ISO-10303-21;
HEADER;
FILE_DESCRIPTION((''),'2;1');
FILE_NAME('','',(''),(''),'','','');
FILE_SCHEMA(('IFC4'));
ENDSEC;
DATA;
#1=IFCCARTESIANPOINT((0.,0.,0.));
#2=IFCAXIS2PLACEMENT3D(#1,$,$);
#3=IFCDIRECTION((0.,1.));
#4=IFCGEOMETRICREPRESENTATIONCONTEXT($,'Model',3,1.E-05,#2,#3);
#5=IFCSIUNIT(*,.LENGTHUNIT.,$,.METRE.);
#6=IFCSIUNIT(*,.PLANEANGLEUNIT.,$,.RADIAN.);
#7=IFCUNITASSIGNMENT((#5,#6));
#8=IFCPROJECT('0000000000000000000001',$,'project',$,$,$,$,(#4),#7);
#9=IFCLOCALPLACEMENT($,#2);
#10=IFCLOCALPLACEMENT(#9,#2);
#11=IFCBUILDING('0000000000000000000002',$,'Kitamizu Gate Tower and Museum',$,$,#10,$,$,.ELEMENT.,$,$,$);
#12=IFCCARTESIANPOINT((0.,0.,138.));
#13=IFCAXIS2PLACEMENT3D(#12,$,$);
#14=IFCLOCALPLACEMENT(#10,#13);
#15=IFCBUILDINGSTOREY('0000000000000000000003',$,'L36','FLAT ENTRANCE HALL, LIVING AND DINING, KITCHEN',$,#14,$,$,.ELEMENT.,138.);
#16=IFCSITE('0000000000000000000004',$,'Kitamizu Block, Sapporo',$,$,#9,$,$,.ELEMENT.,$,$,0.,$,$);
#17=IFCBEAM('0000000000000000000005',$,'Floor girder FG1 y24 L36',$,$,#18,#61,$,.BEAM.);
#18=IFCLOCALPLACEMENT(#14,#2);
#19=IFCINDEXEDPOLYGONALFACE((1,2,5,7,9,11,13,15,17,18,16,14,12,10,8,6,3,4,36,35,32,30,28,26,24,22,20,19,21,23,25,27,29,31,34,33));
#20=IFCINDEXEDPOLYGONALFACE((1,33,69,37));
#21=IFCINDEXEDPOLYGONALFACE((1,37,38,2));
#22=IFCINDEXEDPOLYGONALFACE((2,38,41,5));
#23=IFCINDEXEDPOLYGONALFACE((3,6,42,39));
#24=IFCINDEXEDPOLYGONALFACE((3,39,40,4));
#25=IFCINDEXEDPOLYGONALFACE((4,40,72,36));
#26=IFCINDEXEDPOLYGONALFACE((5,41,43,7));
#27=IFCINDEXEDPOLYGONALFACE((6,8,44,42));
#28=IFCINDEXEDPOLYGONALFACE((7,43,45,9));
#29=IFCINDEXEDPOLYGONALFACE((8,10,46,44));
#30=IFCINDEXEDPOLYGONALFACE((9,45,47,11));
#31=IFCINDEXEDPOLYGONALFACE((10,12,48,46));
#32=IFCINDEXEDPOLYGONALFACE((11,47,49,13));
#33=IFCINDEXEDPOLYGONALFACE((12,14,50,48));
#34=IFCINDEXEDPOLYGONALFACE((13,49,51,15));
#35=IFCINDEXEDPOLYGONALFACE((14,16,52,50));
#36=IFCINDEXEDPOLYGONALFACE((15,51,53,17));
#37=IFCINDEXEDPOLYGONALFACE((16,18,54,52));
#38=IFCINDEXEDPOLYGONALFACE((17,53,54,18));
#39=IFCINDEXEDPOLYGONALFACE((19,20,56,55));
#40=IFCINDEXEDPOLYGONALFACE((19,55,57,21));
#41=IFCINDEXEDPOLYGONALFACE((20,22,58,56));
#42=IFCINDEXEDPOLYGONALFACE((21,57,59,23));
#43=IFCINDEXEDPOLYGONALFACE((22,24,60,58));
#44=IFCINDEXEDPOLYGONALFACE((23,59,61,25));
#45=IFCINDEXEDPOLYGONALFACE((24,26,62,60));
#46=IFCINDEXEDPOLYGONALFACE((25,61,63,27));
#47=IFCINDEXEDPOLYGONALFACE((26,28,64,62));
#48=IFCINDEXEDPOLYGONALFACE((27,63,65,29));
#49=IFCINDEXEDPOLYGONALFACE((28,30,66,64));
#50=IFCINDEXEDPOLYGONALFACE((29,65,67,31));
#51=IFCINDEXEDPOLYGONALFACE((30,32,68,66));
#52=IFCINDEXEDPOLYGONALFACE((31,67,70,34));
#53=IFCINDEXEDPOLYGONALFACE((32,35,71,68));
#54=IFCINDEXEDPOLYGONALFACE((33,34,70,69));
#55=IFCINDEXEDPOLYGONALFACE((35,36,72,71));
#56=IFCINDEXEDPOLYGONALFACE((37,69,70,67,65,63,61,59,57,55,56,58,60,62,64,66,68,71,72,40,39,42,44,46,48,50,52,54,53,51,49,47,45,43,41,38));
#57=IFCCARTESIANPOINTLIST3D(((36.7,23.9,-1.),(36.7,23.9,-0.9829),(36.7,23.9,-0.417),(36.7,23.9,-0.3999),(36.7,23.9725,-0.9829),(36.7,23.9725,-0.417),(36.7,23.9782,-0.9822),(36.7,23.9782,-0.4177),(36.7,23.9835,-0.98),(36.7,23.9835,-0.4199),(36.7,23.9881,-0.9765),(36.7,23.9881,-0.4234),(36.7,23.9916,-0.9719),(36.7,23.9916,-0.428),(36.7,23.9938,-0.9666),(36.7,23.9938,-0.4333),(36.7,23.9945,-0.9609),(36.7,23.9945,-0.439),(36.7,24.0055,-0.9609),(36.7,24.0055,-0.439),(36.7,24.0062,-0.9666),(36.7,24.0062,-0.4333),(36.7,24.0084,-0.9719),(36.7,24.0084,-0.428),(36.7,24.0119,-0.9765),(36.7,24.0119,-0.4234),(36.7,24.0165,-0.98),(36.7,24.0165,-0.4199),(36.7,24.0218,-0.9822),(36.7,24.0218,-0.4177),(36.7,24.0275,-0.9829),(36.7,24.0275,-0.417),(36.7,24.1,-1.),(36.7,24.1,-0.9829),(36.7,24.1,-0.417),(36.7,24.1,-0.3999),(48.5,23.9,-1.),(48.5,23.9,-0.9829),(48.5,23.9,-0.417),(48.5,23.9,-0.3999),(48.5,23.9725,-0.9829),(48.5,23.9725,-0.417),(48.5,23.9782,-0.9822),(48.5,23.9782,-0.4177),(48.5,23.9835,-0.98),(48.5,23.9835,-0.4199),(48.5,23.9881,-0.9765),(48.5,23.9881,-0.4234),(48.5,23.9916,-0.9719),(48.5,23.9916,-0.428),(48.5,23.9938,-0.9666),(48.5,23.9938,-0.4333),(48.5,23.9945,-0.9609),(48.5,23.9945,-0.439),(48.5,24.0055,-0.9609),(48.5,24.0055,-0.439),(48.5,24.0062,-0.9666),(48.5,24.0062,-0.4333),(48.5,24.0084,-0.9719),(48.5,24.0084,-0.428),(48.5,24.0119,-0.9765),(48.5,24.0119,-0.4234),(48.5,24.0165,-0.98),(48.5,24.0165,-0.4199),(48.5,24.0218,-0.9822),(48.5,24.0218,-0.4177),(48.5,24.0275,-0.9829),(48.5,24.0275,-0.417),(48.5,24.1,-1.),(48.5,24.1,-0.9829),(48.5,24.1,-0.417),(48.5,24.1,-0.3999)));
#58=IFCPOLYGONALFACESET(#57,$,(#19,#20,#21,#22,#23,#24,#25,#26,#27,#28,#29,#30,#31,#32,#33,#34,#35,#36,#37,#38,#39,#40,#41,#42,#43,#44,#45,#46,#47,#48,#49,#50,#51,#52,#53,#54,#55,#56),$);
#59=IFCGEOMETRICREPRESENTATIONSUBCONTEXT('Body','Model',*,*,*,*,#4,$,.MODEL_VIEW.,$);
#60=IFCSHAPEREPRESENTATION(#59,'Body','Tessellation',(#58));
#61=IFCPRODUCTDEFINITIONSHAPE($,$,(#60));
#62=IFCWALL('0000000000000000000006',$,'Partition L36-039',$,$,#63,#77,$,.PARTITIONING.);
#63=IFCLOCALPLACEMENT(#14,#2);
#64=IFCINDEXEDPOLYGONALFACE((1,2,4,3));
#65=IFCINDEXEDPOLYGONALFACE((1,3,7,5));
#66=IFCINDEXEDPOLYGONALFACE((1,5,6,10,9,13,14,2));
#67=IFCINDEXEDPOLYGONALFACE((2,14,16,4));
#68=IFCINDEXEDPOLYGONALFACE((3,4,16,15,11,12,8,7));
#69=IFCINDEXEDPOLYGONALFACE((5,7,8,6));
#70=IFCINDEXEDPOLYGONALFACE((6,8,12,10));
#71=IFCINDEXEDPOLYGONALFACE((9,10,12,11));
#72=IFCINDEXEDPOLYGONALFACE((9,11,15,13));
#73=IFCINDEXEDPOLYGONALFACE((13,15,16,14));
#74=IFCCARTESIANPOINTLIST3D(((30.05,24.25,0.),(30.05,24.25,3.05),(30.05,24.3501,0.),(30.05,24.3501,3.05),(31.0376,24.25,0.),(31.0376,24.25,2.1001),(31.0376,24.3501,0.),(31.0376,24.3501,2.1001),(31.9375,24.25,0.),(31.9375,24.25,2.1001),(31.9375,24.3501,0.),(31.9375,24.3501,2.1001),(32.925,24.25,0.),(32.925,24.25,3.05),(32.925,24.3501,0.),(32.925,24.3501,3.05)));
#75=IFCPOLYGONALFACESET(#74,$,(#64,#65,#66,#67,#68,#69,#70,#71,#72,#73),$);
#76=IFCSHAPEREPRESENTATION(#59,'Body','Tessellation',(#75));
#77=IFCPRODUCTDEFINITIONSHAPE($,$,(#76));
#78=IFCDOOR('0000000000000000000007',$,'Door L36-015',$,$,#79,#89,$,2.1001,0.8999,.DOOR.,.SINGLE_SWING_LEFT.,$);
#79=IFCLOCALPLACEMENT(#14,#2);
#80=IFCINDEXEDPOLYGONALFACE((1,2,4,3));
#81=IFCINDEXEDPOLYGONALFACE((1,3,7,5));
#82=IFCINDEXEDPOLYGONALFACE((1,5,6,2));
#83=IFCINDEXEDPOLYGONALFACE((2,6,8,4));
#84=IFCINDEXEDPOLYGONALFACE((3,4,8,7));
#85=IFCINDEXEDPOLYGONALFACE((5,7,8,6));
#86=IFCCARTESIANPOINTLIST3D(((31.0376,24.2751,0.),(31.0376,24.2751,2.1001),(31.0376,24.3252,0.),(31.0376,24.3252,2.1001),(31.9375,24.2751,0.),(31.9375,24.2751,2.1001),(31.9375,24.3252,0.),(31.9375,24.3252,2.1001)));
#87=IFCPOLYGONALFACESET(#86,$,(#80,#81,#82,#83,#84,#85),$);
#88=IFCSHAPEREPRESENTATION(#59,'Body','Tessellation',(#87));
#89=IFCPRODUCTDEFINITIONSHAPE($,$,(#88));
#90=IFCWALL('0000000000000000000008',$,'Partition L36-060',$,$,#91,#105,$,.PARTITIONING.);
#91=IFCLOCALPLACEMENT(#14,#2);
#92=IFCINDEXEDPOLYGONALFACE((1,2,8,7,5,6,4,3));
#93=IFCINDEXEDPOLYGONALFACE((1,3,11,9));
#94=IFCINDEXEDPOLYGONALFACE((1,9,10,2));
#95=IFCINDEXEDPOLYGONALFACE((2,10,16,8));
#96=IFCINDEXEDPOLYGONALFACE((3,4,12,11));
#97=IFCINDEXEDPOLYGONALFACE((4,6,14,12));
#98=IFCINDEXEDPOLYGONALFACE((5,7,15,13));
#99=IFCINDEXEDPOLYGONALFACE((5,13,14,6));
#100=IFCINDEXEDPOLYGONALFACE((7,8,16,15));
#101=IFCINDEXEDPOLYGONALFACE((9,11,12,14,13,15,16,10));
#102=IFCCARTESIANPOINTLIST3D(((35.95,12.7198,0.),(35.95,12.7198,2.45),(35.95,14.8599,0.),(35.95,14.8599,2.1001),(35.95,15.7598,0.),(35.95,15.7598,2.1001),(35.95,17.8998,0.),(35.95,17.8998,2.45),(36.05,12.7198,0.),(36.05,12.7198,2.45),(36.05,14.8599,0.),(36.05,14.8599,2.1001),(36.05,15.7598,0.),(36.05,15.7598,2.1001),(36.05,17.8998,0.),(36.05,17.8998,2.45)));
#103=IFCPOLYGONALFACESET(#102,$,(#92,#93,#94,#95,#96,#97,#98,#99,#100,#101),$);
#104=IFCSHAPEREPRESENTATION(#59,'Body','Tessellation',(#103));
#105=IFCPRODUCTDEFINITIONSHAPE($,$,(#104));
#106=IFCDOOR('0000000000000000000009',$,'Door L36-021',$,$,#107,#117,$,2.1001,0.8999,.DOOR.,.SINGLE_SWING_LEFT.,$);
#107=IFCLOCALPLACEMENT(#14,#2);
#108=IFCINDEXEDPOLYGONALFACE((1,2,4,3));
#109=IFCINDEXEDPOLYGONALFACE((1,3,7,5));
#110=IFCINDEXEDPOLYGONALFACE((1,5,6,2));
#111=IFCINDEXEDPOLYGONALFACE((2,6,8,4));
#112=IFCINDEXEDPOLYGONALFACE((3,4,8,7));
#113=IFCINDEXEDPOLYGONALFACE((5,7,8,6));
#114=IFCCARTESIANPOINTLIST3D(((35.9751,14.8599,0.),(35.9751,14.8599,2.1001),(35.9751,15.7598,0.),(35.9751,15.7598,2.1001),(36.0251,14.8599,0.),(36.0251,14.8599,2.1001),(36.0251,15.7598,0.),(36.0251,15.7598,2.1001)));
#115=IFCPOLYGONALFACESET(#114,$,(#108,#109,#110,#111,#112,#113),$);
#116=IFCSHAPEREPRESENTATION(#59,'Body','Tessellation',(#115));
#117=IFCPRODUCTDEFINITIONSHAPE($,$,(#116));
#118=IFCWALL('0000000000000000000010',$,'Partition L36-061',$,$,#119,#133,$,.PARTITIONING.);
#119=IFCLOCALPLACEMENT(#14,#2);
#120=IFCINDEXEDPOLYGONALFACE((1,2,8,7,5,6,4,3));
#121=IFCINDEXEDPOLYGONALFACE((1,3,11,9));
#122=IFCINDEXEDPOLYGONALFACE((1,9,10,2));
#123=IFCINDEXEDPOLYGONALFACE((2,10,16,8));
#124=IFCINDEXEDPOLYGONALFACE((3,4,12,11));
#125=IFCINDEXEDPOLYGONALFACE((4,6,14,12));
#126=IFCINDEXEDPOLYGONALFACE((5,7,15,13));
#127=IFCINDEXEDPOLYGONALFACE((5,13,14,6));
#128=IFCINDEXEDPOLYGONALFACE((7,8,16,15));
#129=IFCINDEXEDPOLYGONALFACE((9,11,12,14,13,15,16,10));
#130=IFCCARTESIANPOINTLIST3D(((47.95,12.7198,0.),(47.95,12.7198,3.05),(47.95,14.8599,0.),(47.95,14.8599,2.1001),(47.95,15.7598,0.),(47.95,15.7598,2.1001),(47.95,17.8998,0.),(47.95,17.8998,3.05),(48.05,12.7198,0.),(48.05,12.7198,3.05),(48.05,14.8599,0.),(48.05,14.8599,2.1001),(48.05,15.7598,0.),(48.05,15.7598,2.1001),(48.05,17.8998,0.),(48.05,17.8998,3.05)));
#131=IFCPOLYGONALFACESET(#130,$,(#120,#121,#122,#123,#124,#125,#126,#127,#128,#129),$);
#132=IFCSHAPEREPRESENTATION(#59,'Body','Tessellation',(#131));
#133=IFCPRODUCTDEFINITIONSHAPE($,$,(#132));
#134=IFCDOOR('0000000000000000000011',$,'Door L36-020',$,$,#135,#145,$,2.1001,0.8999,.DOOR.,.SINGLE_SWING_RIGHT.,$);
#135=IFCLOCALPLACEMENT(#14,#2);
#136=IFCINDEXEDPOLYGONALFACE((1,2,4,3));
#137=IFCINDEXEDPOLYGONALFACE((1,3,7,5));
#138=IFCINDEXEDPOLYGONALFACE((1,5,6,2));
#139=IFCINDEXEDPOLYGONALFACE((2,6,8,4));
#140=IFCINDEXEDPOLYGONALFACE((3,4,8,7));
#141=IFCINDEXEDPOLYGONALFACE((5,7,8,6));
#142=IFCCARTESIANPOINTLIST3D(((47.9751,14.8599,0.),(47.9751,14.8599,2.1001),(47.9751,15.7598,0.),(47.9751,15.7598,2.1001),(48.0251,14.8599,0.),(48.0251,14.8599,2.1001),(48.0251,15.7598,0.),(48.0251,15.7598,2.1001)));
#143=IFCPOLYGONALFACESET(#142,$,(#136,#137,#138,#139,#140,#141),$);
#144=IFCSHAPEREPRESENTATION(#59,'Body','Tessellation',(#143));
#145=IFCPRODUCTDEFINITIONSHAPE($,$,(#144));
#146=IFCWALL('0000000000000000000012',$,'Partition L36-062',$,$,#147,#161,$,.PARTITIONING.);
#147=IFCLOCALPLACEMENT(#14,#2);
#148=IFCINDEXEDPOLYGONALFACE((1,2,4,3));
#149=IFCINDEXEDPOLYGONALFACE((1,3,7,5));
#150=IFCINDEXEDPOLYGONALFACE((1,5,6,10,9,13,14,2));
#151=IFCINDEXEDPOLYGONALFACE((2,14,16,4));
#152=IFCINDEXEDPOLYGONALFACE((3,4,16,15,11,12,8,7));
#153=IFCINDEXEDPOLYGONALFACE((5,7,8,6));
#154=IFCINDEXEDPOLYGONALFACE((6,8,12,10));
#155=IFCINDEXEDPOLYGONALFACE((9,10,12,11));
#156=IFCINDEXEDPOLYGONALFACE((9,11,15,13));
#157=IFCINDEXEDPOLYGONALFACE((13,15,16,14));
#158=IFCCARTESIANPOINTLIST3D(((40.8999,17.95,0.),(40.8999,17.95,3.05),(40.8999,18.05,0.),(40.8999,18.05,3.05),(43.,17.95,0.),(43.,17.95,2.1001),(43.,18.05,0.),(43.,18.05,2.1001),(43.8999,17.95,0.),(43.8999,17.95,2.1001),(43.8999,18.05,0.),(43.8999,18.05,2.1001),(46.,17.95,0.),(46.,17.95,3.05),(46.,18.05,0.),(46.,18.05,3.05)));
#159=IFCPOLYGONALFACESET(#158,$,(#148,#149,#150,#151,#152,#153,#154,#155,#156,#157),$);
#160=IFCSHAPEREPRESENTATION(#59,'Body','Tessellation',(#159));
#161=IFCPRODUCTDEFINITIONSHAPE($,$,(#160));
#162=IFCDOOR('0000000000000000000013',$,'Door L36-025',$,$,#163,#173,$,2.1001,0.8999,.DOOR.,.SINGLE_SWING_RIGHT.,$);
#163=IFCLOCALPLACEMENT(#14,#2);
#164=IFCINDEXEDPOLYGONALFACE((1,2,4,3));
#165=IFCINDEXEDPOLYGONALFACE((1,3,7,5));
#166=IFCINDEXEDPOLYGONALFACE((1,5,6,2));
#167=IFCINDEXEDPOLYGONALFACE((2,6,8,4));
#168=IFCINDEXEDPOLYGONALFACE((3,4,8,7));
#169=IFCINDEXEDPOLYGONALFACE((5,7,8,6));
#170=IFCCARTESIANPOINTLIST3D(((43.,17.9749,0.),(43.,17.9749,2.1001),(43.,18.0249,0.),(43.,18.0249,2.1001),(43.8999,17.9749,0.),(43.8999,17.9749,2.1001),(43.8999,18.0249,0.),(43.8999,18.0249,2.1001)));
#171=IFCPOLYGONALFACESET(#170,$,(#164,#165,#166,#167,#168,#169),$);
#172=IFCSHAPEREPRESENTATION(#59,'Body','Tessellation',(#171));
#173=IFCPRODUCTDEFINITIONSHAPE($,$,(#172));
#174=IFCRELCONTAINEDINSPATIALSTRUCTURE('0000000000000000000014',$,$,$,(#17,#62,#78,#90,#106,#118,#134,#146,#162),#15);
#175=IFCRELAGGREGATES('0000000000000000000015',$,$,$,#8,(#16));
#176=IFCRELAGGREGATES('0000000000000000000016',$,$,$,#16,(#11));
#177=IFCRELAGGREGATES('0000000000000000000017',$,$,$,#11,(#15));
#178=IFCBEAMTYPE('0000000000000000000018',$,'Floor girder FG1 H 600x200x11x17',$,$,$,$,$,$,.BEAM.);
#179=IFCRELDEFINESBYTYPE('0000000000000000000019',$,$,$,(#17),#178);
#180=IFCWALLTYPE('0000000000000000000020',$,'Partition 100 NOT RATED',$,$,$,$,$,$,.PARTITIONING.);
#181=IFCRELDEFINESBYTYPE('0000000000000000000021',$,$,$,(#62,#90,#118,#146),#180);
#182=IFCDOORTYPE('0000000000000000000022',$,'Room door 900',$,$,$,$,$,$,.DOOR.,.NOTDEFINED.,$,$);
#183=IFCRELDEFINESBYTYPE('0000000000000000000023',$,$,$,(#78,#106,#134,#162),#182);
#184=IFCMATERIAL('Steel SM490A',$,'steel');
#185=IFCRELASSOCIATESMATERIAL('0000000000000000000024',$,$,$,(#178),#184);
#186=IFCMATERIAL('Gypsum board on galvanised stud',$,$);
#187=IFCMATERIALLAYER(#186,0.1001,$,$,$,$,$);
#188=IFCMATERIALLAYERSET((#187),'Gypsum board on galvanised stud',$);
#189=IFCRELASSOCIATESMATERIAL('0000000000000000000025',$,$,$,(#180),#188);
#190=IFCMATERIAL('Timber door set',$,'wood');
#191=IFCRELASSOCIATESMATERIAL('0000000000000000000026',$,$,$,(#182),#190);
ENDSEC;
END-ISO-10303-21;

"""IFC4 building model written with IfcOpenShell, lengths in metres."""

from ifc_helpers import new_model, si_unit, direction, frame, frame_2d, origin, origin_2d, place, context, subcontext, project, spatial, rectangle, i_section, extrude, material, layer, layer_set, material_profile, profile_set, type_object, element, fill, save


model = new_model("IFC4")

# Units and contexts
model_context = context("Model", 3, precision=1e-05, world=origin(), true_north=direction((0.0, 1.0)))
body_context = subcontext(model_context, "Body", "Model", "MODEL_VIEW")
ifc_project = project(units=[si_unit("LENGTHUNIT", "METRE"), si_unit("PLANEANGLEUNIT", "RADIAN")], contexts=[model_context])

# Site, building, storey
site_placement = place(None, origin())
site = spatial("IfcSite", under=ifc_project, at=site_placement, Name="Kitamizu Block, Sapporo", CompositionType="ELEMENT", RefElevation=0.0)
building_placement = place(site_placement, origin())
building = spatial("IfcBuilding", under=site, at=building_placement, Name="Kitamizu Gate Tower and Museum", CompositionType="ELEMENT")
storey_placement = place(building_placement, frame((0.0, 0.0, 138.0)))
storey = spatial("IfcBuildingStorey", under=building, at=storey_placement, Name="L36", Description="FLAT ENTRANCE HALL, LIVING AND DINING, KITCHEN", CompositionType="ELEMENT", Elevation=138.0)

# Beam
ifc_material_1 = material(Name="Steel SM490A", Category="steel")
ifc_material_profile_1 = material_profile(ifc_material_1, i_section(OverallWidth=0.2, OverallDepth=0.6001, WebThickness=0.011, FlangeThickness=0.0171, FilletRadius=0.022, at=origin_2d()), Name="H-600x200x11x17")
ifc_profile_set_1 = profile_set([ifc_material_profile_1], Name="Steel SM490A")
beam_type_1 = type_object("IfcBeamType", Name="Floor girder FG1 H 600x200x11x17", PredefinedType="BEAM", material=ifc_profile_set_1)
beam_1_placement = place(storey_placement, frame((36.7, 24.0, -0.7), z_axis=(1.0, 0.0, 0.0), x_axis=(0.0, 1.0, 0.0)))
element("IfcBeam", 1, at=beam_1_placement, inside=storey, type_object=beam_type_1, Name="Floor girder FG1 y24 L36", PredefinedType="BEAM", context=body_context, shape_type="SweptSolid", body=[
    extrude(i_section(OverallWidth=0.2, OverallDepth=0.6001, WebThickness=0.011, FlangeThickness=0.0171, FilletRadius=0.022, at=origin_2d()), origin(), (0.0, 0.0, 1.0), 11.8),
])

# Walls, openings, doors
ifc_material_2 = material(Name="Gypsum board on galvanised stud")
ifc_layer_1 = layer(ifc_material_2, 0.1001)
ifc_layer_set_1 = layer_set([ifc_layer_1], Name="Gypsum board on galvanised stud")
wall_type_1 = type_object("IfcWallType", Name="Partition 100 NOT RATED", PredefinedType="PARTITIONING", material=ifc_layer_set_1)
wall_1_placement = place(storey_placement, frame((32.925, 24.3, 0.0), z_axis=(0.0, 0.0, 1.0), x_axis=(-1.0, 0.0, 0.0)))
wall_1 = element("IfcWall", 2, at=wall_1_placement, inside=storey, type_object=wall_type_1, Name="Partition L36-039", PredefinedType="PARTITIONING", context=body_context, shape_type="SweptSolid", body=[
    extrude(rectangle(XDim=2.875, YDim=0.1001, at=frame_2d((1.4375, 0.0))), origin(), (0.0, 0.0, 1.0), 3.05),
])
opening_1_placement = place(wall_1_placement, frame((0.9875, 0.0, 0.0)))
opening_1 = element("IfcOpeningElement", 3, at=opening_1_placement, cuts=wall_1, PredefinedType="OPENING", context=body_context, shape_type="SweptSolid", body=[
    extrude(rectangle(XDim=0.8999, YDim=2.1001, at=frame_2d((0.45, 1.05))), frame((0.0, 0.0601, 0.0), z_axis=(0.0, -1.0, 0.0), x_axis=(1.0, 0.0, 0.0)), (0.0, 0.0, 1.0), 0.1201),
])
ifc_material_3 = material(Name="Timber door set", Category="wood")
door_type = type_object("IfcDoorType", Name="Room door 900", OperationType="NOTDEFINED", PredefinedType="DOOR", material=ifc_material_3)
door_1_placement = place(opening_1_placement, origin())
door_1 = element("IfcDoor", 4, at=door_1_placement, inside=storey, type_object=door_type, Name="Door L36-015", OperationType="SINGLE_SWING_LEFT", OverallHeight=2.1001, OverallWidth=0.8999, PredefinedType="DOOR", context=body_context, shape_type="SweptSolid", body=[
    extrude(rectangle(XDim=0.8999, YDim=2.1001, at=frame_2d((0.45, 1.05))), frame((0.0, 0.0249, 0.0), z_axis=(0.0, -1.0, 0.0), x_axis=(1.0, 0.0, 0.0)), (0.0, 0.0, 1.0), 0.05),
])
fill(opening_1, door_1)
wall_2_placement = place(storey_placement, frame((36.0, 12.72, 0.0), z_axis=(0.0, 0.0, 1.0), x_axis=(0.0, 1.0, 0.0)))
wall_2 = element("IfcWall", 5, at=wall_2_placement, inside=storey, type_object=wall_type_1, Name="Partition L36-060", PredefinedType="PARTITIONING", context=body_context, shape_type="SweptSolid", body=[
    extrude(rectangle(XDim=5.1799, YDim=0.1001, at=frame_2d((2.5898, 0.0))), origin(), (0.0, 0.0, 1.0), 2.45),
])
opening_2_placement = place(wall_2_placement, frame((2.1399, 0.0, 0.0)))
opening_2 = element("IfcOpeningElement", 6, at=opening_2_placement, cuts=wall_2, PredefinedType="OPENING", context=body_context, shape_type="SweptSolid", body=[
    extrude(rectangle(XDim=0.8999, YDim=2.1001, at=frame_2d((0.45, 1.05))), frame((0.0, 0.0601, 0.0), z_axis=(0.0, -1.0, 0.0), x_axis=(1.0, 0.0, 0.0)), (0.0, 0.0, 1.0), 0.1201),
])
door_2_placement = place(opening_2_placement, origin())
door_2 = element("IfcDoor", 7, at=door_2_placement, inside=storey, type_object=door_type, Name="Door L36-021", OperationType="SINGLE_SWING_LEFT", OverallHeight=2.1001, OverallWidth=0.8999, PredefinedType="DOOR", context=body_context, shape_type="SweptSolid", body=[
    extrude(rectangle(XDim=0.8999, YDim=2.1001, at=frame_2d((0.45, 1.05))), frame((0.0, 0.0249, 0.0), z_axis=(0.0, -1.0, 0.0), x_axis=(1.0, 0.0, 0.0)), (0.0, 0.0, 1.0), 0.05),
])
fill(opening_2, door_2)
wall_3_placement = place(storey_placement, frame((48.0, 12.72, 0.0), z_axis=(0.0, 0.0, 1.0), x_axis=(0.0, 1.0, 0.0)))
wall_3 = element("IfcWall", 8, at=wall_3_placement, inside=storey, type_object=wall_type_1, Name="Partition L36-061", PredefinedType="PARTITIONING", context=body_context, shape_type="SweptSolid", body=[
    extrude(rectangle(XDim=5.1799, YDim=0.1001, at=frame_2d((2.5898, 0.0))), origin(), (0.0, 0.0, 1.0), 3.05),
])
opening_3_placement = place(wall_3_placement, frame((2.1399, 0.0, 0.0)))
opening_3 = element("IfcOpeningElement", 9, at=opening_3_placement, cuts=wall_3, PredefinedType="OPENING", context=body_context, shape_type="SweptSolid", body=[
    extrude(rectangle(XDim=0.8999, YDim=2.1001, at=frame_2d((0.45, 1.05))), frame((0.0, 0.0601, 0.0), z_axis=(0.0, -1.0, 0.0), x_axis=(1.0, 0.0, 0.0)), (0.0, 0.0, 1.0), 0.1201),
])
door_3_placement = place(opening_3_placement, origin())
door_3 = element("IfcDoor", 10, at=door_3_placement, inside=storey, type_object=door_type, Name="Door L36-020", OperationType="SINGLE_SWING_RIGHT", OverallHeight=2.1001, OverallWidth=0.8999, PredefinedType="DOOR", context=body_context, shape_type="SweptSolid", body=[
    extrude(rectangle(XDim=0.8999, YDim=2.1001, at=frame_2d((0.45, 1.05))), frame((0.0, 0.0249, 0.0), z_axis=(0.0, -1.0, 0.0), x_axis=(1.0, 0.0, 0.0)), (0.0, 0.0, 1.0), 0.05),
])
fill(opening_3, door_3)
wall_4_placement = place(storey_placement, frame((46.0, 18.0, 0.0), z_axis=(0.0, 0.0, 1.0), x_axis=(-1.0, 0.0, 0.0)))
wall_4 = element("IfcWall", 11, at=wall_4_placement, inside=storey, type_object=wall_type_1, Name="Partition L36-062", PredefinedType="PARTITIONING", context=body_context, shape_type="SweptSolid", body=[
    extrude(rectangle(XDim=5.1001, YDim=0.1001, at=frame_2d((2.55, 0.0))), origin(), (0.0, 0.0, 1.0), 3.05),
])
opening_4_placement = place(wall_4_placement, frame((2.1001, 0.0, 0.0)))
opening_4 = element("IfcOpeningElement", 12, at=opening_4_placement, cuts=wall_4, PredefinedType="OPENING", context=body_context, shape_type="SweptSolid", body=[
    extrude(rectangle(XDim=0.8999, YDim=2.1001, at=frame_2d((0.45, 1.05))), frame((0.0, 0.0601, 0.0), z_axis=(0.0, -1.0, 0.0), x_axis=(1.0, 0.0, 0.0)), (0.0, 0.0, 1.0), 0.1201),
])
door_4_placement = place(opening_4_placement, frame((0.8999, 0.0, 0.0), x_axis=(-1.0, 0.0, 0.0)))
door_4 = element("IfcDoor", 13, at=door_4_placement, inside=storey, type_object=door_type, Name="Door L36-025", OperationType="SINGLE_SWING_RIGHT", OverallHeight=2.1001, OverallWidth=0.8999, PredefinedType="DOOR", context=body_context, shape_type="SweptSolid", body=[
    extrude(rectangle(XDim=0.8999, YDim=2.1001, at=frame_2d((0.45, 1.05))), frame((0.0, 0.0249, 0.0), z_axis=(0.0, -1.0, 0.0), x_axis=(1.0, 0.0, 0.0)), (0.0, 0.0, 1.0), 0.05),
])
fill(opening_4, door_4)

save(model, "model.ifc")
